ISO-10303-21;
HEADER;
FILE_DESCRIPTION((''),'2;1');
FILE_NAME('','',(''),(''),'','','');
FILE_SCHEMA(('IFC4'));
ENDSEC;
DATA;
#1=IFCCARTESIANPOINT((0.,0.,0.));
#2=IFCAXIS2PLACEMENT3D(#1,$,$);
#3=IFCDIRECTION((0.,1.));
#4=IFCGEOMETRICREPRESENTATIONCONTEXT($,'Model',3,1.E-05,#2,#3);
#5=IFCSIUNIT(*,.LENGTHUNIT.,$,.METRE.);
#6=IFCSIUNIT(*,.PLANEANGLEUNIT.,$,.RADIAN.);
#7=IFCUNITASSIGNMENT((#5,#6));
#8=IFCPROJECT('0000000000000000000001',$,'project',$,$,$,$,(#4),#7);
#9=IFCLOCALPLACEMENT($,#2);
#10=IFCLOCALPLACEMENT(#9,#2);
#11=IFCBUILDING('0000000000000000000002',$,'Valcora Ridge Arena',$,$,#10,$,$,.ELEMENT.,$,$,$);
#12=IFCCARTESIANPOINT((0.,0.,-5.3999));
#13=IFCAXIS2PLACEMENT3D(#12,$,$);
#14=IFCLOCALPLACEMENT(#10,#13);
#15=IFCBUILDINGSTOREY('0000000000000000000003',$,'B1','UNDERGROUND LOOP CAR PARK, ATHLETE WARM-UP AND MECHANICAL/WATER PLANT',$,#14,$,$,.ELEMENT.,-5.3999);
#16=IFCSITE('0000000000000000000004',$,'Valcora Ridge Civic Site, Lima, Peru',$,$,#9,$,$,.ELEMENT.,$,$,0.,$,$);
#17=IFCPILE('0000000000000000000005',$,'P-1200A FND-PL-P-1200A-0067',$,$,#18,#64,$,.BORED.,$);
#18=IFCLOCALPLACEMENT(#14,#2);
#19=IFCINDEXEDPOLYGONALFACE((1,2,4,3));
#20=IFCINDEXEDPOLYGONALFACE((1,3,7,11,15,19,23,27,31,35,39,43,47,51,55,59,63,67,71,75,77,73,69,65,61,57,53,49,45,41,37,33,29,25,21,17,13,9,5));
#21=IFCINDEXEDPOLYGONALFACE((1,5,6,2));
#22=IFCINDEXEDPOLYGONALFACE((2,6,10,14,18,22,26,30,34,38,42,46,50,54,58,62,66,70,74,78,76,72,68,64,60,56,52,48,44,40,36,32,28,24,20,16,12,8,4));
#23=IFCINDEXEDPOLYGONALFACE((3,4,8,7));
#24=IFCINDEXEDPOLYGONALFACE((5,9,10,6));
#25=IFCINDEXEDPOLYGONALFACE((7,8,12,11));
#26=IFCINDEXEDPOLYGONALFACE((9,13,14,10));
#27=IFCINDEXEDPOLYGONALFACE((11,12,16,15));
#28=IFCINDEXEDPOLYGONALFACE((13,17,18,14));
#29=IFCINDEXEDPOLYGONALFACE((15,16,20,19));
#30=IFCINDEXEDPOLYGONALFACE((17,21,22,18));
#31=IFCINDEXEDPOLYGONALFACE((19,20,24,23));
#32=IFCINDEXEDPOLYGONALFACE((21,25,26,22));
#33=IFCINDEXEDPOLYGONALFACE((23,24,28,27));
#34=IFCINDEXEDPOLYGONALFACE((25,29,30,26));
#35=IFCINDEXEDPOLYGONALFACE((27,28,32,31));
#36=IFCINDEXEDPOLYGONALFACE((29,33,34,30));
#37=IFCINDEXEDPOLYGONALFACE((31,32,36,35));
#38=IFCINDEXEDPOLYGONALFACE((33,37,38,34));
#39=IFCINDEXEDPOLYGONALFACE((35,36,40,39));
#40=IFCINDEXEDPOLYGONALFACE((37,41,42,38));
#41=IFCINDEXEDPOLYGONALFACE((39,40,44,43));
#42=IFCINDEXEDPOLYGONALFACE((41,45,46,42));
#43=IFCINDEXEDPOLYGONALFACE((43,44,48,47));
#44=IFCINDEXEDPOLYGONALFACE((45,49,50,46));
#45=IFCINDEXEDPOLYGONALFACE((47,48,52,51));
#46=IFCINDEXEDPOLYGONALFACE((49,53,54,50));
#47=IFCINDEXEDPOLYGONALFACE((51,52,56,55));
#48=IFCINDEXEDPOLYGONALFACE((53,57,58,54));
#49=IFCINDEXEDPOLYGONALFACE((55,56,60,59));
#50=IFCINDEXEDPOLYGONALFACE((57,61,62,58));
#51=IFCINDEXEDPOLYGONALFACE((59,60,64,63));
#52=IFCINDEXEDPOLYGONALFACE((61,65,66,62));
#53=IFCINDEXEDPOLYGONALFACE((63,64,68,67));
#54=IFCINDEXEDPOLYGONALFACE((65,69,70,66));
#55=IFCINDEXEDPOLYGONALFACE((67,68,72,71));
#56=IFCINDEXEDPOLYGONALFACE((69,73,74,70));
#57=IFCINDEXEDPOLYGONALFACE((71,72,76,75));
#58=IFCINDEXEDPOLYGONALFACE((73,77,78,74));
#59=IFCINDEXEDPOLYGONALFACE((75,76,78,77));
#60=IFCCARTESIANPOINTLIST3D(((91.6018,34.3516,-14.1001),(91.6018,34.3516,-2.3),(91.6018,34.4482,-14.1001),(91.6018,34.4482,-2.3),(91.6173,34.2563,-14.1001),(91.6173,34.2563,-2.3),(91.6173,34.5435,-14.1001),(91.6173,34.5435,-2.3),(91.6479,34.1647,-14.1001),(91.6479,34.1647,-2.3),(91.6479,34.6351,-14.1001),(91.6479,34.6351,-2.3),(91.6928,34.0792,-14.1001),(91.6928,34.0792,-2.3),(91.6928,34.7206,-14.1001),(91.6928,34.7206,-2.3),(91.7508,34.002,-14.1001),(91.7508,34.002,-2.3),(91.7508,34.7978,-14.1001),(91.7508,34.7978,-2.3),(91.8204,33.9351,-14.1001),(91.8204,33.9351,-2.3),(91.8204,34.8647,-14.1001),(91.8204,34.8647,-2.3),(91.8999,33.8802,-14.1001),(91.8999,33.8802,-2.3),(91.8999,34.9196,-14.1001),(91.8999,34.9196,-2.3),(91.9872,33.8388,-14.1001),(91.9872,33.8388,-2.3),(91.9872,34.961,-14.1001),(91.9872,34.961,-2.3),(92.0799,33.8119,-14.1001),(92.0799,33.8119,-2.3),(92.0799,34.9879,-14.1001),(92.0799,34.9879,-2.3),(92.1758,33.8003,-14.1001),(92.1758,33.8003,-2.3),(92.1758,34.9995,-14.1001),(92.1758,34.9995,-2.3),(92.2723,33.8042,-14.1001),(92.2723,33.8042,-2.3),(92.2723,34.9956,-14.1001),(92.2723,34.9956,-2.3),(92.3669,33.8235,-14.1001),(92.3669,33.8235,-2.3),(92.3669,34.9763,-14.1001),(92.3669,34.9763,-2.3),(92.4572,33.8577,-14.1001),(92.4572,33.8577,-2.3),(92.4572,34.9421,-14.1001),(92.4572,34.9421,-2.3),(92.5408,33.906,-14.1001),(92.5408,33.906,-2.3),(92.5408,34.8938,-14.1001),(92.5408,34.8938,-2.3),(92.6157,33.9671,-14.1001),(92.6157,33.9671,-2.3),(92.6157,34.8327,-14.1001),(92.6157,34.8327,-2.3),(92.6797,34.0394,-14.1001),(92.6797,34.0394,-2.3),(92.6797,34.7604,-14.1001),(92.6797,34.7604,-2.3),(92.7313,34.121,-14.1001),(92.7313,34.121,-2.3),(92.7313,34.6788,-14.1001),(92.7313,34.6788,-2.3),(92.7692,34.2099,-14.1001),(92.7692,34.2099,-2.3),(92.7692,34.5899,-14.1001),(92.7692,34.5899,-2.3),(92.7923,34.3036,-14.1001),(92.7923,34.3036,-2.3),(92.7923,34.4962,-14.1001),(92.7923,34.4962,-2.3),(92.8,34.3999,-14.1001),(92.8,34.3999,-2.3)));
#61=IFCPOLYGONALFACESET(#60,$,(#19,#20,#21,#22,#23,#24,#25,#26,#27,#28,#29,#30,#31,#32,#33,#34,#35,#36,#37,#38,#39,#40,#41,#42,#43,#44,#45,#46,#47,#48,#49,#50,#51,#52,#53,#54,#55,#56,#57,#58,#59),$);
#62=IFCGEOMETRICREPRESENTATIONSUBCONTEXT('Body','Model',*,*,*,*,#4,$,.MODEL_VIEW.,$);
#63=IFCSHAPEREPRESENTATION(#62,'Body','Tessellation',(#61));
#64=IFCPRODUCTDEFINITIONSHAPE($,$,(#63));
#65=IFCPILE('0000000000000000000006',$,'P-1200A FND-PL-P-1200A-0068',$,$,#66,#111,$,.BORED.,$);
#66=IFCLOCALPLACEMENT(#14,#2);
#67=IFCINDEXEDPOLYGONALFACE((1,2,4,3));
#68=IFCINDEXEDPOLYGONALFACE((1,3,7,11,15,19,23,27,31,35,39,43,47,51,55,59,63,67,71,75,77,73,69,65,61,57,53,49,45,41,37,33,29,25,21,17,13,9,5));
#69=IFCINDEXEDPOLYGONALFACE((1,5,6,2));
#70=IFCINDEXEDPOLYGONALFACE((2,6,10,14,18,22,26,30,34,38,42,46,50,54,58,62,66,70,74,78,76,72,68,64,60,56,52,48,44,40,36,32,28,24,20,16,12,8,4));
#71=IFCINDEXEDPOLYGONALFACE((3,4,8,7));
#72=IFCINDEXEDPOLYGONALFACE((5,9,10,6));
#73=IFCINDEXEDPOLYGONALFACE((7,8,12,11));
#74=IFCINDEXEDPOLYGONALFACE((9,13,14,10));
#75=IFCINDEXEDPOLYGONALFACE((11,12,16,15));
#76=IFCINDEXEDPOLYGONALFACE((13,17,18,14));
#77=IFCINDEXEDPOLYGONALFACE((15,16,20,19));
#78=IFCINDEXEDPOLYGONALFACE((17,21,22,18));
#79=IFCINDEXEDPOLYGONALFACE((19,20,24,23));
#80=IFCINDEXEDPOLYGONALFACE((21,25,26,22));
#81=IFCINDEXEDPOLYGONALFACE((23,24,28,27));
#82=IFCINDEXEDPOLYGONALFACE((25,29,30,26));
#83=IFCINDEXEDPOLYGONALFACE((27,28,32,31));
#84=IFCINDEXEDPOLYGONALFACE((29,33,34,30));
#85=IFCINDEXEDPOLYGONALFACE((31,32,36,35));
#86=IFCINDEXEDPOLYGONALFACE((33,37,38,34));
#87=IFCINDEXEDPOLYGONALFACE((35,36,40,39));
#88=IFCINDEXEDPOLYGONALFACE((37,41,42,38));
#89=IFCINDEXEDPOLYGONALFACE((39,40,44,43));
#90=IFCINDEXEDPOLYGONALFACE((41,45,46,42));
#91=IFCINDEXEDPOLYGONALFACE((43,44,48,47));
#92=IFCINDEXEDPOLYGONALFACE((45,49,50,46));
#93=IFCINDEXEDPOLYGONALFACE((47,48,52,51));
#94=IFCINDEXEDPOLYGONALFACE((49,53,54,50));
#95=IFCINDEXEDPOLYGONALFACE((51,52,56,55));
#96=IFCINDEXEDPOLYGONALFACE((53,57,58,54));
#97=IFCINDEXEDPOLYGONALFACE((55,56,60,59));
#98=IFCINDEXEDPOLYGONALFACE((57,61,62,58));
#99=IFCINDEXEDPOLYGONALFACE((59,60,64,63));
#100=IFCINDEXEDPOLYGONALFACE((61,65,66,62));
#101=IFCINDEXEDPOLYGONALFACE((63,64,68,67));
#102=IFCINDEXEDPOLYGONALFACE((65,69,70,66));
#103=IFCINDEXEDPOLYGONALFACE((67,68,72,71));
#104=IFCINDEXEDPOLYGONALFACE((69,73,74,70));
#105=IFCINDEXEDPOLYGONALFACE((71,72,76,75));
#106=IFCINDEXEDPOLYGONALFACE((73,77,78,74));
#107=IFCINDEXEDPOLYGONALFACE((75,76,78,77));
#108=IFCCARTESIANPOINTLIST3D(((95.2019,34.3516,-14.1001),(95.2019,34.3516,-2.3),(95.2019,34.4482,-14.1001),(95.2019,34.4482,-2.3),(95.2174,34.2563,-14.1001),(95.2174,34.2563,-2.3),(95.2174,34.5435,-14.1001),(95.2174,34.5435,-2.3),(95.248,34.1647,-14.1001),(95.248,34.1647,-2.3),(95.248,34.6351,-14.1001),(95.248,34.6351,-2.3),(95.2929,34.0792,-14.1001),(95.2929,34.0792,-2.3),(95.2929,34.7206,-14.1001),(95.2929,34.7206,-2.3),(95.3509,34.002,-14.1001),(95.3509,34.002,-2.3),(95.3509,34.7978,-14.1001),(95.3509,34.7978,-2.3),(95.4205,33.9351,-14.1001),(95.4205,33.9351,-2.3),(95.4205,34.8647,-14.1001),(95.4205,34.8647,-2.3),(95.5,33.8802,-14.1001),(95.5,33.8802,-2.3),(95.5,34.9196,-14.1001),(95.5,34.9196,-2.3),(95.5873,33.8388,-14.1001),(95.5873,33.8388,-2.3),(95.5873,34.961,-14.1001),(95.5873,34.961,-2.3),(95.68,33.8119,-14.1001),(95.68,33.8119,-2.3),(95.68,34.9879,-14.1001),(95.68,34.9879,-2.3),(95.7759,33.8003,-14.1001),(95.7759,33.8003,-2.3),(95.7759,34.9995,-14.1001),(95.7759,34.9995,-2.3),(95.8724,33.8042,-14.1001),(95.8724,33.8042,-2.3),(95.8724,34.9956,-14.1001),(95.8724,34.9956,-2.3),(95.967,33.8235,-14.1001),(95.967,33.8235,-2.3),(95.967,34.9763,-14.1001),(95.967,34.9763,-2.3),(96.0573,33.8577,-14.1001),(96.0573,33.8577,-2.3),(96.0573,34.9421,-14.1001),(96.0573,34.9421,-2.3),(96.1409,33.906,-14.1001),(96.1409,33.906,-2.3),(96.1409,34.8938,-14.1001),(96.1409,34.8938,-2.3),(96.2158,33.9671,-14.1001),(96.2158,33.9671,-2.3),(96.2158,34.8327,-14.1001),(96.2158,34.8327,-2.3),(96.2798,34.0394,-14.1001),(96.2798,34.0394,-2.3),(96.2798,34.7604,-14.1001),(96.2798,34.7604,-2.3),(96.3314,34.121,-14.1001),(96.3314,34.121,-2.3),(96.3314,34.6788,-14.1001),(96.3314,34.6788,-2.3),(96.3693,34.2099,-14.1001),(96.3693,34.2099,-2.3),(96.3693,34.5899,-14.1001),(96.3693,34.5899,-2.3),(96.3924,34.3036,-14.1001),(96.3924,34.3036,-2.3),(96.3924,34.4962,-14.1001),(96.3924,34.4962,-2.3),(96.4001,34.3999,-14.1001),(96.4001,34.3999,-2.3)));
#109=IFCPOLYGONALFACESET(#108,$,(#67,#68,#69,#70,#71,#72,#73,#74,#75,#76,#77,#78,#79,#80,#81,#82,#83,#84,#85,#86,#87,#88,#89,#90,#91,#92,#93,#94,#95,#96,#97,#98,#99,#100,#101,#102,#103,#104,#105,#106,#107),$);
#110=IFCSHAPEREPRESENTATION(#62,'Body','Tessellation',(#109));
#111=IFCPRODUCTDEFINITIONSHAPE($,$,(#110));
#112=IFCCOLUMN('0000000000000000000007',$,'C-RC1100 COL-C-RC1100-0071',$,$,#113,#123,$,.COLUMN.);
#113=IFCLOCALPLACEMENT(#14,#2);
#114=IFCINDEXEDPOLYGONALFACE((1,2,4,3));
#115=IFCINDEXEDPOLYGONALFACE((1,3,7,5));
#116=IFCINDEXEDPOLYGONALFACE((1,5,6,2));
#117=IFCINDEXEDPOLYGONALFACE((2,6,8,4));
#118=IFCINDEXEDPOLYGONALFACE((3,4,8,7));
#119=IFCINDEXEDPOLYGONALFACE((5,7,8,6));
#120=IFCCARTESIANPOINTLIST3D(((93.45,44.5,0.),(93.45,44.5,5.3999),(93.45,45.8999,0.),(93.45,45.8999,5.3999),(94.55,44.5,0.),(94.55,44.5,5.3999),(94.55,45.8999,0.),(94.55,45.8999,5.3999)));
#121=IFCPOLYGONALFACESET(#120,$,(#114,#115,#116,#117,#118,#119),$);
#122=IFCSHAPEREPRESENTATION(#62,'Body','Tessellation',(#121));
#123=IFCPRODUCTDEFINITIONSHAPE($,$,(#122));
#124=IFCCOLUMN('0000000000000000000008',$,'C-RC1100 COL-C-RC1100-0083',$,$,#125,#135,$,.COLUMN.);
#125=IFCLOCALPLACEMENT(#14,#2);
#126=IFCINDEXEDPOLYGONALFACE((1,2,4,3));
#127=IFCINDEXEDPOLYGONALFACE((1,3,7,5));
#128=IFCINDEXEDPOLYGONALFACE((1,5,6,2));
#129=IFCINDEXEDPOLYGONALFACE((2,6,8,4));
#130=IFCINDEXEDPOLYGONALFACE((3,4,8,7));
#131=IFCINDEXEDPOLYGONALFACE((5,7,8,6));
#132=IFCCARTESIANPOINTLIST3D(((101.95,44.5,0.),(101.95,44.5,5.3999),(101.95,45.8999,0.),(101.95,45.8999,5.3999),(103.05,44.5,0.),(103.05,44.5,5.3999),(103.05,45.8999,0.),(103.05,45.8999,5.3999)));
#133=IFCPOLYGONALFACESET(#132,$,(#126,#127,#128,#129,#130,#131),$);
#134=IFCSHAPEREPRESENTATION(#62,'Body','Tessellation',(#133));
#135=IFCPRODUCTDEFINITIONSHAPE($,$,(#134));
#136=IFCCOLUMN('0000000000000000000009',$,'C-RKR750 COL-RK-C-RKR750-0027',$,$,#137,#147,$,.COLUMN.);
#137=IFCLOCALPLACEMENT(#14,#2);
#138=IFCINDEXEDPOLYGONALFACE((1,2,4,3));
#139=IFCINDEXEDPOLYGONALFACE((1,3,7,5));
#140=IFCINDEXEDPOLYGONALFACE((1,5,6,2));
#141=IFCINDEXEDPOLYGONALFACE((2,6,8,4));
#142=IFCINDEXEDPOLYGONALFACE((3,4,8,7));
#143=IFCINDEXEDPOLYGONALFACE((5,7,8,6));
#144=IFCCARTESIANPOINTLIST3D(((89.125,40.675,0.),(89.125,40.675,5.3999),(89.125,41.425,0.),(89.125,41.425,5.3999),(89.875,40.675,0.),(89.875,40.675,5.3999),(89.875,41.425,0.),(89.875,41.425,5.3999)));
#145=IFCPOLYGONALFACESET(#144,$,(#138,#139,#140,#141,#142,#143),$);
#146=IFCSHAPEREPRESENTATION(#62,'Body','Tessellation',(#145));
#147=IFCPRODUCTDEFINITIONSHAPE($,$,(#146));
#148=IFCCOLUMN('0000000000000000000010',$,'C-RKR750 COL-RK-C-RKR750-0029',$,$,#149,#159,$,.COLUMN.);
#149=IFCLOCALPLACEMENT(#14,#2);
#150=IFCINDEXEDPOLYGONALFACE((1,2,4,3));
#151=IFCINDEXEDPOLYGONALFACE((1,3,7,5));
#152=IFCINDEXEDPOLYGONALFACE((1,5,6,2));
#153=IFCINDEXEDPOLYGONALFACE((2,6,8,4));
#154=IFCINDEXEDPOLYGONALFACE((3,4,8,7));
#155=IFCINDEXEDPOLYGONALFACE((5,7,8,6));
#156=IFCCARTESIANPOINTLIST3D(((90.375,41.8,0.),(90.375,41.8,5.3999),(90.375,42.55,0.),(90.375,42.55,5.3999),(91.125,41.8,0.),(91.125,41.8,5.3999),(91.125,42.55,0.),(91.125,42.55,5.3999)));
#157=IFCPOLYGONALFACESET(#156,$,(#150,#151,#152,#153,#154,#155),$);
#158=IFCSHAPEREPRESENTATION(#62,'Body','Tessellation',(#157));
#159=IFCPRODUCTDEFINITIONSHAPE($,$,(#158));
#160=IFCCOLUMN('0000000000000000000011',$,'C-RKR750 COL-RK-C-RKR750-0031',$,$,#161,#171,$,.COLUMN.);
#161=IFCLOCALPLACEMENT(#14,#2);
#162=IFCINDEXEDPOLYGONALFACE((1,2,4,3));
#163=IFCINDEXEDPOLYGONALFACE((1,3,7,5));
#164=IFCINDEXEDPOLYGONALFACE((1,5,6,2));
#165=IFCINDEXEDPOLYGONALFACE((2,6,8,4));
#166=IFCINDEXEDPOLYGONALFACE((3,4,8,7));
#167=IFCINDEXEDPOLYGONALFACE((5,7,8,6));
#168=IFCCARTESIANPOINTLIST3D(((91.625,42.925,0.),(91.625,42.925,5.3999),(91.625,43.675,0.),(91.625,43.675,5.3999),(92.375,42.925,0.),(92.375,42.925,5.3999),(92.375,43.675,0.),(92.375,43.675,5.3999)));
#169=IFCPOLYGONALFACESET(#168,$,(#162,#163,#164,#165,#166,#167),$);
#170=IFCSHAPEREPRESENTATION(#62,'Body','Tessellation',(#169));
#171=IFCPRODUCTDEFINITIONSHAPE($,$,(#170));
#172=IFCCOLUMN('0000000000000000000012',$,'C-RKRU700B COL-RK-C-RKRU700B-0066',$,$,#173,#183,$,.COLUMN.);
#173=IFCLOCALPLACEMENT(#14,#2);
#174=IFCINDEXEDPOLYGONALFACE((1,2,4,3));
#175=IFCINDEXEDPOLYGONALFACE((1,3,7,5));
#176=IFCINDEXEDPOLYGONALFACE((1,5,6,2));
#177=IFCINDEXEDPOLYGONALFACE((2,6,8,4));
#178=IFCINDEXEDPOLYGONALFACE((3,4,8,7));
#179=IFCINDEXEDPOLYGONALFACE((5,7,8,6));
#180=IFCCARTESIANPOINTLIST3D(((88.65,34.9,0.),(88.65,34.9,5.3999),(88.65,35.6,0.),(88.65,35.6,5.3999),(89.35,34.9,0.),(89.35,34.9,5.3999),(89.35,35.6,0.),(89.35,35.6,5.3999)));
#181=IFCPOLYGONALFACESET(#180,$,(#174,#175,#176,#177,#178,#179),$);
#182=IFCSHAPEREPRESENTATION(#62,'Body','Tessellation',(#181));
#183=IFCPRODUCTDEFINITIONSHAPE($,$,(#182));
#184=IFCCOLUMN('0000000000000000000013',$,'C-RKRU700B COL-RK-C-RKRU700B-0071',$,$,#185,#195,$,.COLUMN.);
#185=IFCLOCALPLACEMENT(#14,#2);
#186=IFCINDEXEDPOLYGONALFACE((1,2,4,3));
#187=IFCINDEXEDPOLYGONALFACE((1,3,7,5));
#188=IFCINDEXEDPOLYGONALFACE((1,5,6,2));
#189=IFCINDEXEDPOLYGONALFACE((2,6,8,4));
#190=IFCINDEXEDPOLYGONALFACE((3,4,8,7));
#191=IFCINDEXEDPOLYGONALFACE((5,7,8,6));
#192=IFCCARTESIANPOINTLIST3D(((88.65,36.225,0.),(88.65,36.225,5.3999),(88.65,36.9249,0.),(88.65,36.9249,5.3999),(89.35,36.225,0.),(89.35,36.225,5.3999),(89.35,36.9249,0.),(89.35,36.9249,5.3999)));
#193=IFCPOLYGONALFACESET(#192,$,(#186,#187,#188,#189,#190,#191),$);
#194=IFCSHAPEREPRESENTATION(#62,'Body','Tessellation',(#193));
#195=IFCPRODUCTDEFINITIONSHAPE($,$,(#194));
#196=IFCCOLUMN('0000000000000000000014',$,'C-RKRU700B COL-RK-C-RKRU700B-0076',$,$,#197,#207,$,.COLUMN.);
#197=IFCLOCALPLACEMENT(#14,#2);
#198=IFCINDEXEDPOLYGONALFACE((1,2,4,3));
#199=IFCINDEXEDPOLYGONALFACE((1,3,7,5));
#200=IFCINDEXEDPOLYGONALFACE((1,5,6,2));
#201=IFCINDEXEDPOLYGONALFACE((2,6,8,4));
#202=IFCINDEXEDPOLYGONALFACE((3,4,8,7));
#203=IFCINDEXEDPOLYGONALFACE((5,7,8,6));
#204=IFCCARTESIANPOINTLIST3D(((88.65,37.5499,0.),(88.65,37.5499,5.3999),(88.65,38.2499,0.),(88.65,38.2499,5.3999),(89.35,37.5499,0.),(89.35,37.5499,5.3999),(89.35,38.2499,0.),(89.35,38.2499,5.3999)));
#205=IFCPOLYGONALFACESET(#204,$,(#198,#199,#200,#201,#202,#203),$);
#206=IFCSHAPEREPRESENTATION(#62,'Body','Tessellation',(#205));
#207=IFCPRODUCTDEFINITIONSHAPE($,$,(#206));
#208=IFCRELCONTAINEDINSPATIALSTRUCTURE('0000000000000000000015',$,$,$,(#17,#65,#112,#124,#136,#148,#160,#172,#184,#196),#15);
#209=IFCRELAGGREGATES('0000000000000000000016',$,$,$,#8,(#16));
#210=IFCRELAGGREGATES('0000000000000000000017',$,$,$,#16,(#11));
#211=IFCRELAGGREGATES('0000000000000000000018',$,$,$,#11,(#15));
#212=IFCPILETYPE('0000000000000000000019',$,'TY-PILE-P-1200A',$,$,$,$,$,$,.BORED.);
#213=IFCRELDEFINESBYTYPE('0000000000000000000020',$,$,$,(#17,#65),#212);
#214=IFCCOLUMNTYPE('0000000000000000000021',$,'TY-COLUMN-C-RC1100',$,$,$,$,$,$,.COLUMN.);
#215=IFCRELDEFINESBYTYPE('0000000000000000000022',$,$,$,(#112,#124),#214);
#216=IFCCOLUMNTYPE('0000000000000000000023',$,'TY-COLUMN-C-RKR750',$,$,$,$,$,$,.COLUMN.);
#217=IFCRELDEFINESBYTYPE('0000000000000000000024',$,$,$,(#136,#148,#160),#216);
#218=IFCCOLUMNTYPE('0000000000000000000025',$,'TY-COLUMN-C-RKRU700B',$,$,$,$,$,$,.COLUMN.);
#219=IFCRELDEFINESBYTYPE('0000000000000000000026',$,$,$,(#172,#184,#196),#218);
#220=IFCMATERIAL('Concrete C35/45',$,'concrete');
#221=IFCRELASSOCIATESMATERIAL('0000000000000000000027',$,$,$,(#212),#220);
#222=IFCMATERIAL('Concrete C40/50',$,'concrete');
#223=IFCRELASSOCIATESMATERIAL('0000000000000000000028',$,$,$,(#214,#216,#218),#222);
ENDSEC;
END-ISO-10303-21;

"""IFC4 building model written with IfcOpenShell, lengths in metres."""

from ifc_helpers import new_model, si_unit, direction, frame, origin, origin_2d, place, context, subcontext, project, spatial, rectangle, circle, extrude, material, material_profile, profile_set, type_object, element, save


model = new_model("IFC4")

# Units and contexts
model_context = context("Model", 3, precision=1e-05, world=origin(), true_north=direction((0.0, 1.0)))
body_context = subcontext(model_context, "Body", "Model", "MODEL_VIEW")
ifc_project = project(units=[si_unit("LENGTHUNIT", "METRE"), si_unit("PLANEANGLEUNIT", "RADIAN")], contexts=[model_context])

# Site, building, storey
site_placement = place(None, origin())
site = spatial("IfcSite", under=ifc_project, at=site_placement, Name="Valcora Ridge Civic Site, Lima, Peru", CompositionType="ELEMENT", RefElevation=0.0)
building_placement = place(site_placement, origin())
building = spatial("IfcBuilding", under=site, at=building_placement, Name="Valcora Ridge Arena", CompositionType="ELEMENT")
storey_placement = place(building_placement, frame((0.0, 0.0, -5.3999)))
storey = spatial("IfcBuildingStorey", under=building, at=storey_placement, Name="B1", Description="UNDERGROUND LOOP CAR PARK, ATHLETE WARM-UP AND MECHANICAL/WATER PLANT", CompositionType="ELEMENT", Elevation=-5.3999)

# Shared definitions
ifc_material_1 = material(Name="Concrete C40/50", Category="concrete")

# Piles
ifc_material_2 = material(Name="Concrete C35/45", Category="concrete")
ifc_material_profile_1 = material_profile(ifc_material_2, circle(Radius=0.6001, at=origin_2d()), Name="BORED PILE D1200")
ifc_profile_set_1 = profile_set([ifc_material_profile_1], Name="Concrete C35/45")
pile_type_1 = type_object("IfcPileType", Name="TY-PILE-P-1200A", PredefinedType="BORED", material=ifc_profile_set_1)
for number, where, z_axis, x_axis, name in (
    (1, (92.2, 34.3999, -2.3), (0.0, 0.0, -1.0), (1.0, 0.0, 0.0), "P-1200A FND-PL-P-1200A-0067"),
    (2, (95.8, 34.3999, -2.3), (0.0, 0.0, -1.0), (1.0, 0.0, 0.0), "P-1200A FND-PL-P-1200A-0068"),
):
    element("IfcPile", number, at=place(storey_placement, frame(where, z_axis=z_axis, x_axis=x_axis)), inside=storey, type_object=pile_type_1, Name=name, PredefinedType="BORED", context=body_context, shape_type="SweptSolid", body=[
        extrude(circle(Radius=0.6001, at=origin_2d()), origin(), (0.0, 0.0, 1.0), 11.8),
    ])

# Columns
ifc_material_profile_2 = material_profile(ifc_material_1, rectangle(XDim=1.1001, YDim=1.3999, at=origin_2d()), Name="RC 1100x1400")
ifc_profile_set_2 = profile_set([ifc_material_profile_2], Name="Concrete C40/50")
column_type_1 = type_object("IfcColumnType", Name="TY-COLUMN-C-RC1100", PredefinedType="COLUMN", material=ifc_profile_set_2)
for number, where, z_axis, x_axis, name in (
    (3, (94.0, 45.2, 0.0), (0.0, 0.0, 1.0), (1.0, 0.0, 0.0), "C-RC1100 COL-C-RC1100-0071"),
    (4, (102.5, 45.2, 0.0), (0.0, 0.0, 1.0), (1.0, 0.0, 0.0), "C-RC1100 COL-C-RC1100-0083"),
):
    element("IfcColumn", number, at=place(storey_placement, frame(where, z_axis=z_axis, x_axis=x_axis)), inside=storey, type_object=column_type_1, Name=name, PredefinedType="COLUMN", context=body_context, shape_type="SweptSolid", body=[
        extrude(rectangle(XDim=1.1001, YDim=1.3999, at=origin_2d()), origin(), (0.0, 0.0, 1.0), 5.3999),
    ])
ifc_material_profile_3 = material_profile(ifc_material_1, rectangle(XDim=0.75, YDim=0.75, at=origin_2d()), Name="RC 750x750")
ifc_profile_set_3 = profile_set([ifc_material_profile_3], Name="Concrete C40/50")
column_type_2 = type_object("IfcColumnType", Name="TY-COLUMN-C-RKR750", PredefinedType="COLUMN", material=ifc_profile_set_3)
for number, where, z_axis, x_axis, name in (
    (5, (89.5, 41.05, 0.0), (0.0, 0.0, 1.0), (1.0, 0.0, 0.0), "C-RKR750 COL-RK-C-RKR750-0027"),
    (6, (90.75, 42.175, 0.0), (0.0, 0.0, 1.0), (1.0, 0.0, 0.0), "C-RKR750 COL-RK-C-RKR750-0029"),
    (7, (92.0, 43.3, 0.0), (0.0, 0.0, 1.0), (1.0, 0.0, 0.0), "C-RKR750 COL-RK-C-RKR750-0031"),
):
    element("IfcColumn", number, at=place(storey_placement, frame(where, z_axis=z_axis, x_axis=x_axis)), inside=storey, type_object=column_type_2, Name=name, PredefinedType="COLUMN", context=body_context, shape_type="SweptSolid", body=[
        extrude(rectangle(XDim=0.75, YDim=0.75, at=origin_2d()), origin(), (0.0, 0.0, 1.0), 5.3999),
    ])
ifc_material_profile_4 = material_profile(ifc_material_1, rectangle(XDim=0.7, YDim=0.7, at=origin_2d()), Name="RC 700x700")
ifc_profile_set_4 = profile_set([ifc_material_profile_4], Name="Concrete C40/50")
column_type_3 = type_object("IfcColumnType", Name="TY-COLUMN-C-RKRU700B", PredefinedType="COLUMN", material=ifc_profile_set_4)
for number, where, z_axis, x_axis, name in (
    (8, (89.0, 35.25, 0.0), (0.0, 0.0, 1.0), (1.0, 0.0, 0.0), "C-RKRU700B COL-RK-C-RKRU700B-0066"),
    (9, (89.0, 36.575, 0.0), (0.0, 0.0, 1.0), (1.0, 0.0, 0.0), "C-RKRU700B COL-RK-C-RKRU700B-0071"),
    (10, (89.0, 37.8999, 0.0), (0.0, 0.0, 1.0), (1.0, 0.0, 0.0), "C-RKRU700B COL-RK-C-RKRU700B-0076"),
):
    element("IfcColumn", number, at=place(storey_placement, frame(where, z_axis=z_axis, x_axis=x_axis)), inside=storey, type_object=column_type_3, Name=name, PredefinedType="COLUMN", context=body_context, shape_type="SweptSolid", body=[
        extrude(rectangle(XDim=0.7, YDim=0.7, at=origin_2d()), origin(), (0.0, 0.0, 1.0), 5.3999),
    ])

save(model, "model.ifc")
